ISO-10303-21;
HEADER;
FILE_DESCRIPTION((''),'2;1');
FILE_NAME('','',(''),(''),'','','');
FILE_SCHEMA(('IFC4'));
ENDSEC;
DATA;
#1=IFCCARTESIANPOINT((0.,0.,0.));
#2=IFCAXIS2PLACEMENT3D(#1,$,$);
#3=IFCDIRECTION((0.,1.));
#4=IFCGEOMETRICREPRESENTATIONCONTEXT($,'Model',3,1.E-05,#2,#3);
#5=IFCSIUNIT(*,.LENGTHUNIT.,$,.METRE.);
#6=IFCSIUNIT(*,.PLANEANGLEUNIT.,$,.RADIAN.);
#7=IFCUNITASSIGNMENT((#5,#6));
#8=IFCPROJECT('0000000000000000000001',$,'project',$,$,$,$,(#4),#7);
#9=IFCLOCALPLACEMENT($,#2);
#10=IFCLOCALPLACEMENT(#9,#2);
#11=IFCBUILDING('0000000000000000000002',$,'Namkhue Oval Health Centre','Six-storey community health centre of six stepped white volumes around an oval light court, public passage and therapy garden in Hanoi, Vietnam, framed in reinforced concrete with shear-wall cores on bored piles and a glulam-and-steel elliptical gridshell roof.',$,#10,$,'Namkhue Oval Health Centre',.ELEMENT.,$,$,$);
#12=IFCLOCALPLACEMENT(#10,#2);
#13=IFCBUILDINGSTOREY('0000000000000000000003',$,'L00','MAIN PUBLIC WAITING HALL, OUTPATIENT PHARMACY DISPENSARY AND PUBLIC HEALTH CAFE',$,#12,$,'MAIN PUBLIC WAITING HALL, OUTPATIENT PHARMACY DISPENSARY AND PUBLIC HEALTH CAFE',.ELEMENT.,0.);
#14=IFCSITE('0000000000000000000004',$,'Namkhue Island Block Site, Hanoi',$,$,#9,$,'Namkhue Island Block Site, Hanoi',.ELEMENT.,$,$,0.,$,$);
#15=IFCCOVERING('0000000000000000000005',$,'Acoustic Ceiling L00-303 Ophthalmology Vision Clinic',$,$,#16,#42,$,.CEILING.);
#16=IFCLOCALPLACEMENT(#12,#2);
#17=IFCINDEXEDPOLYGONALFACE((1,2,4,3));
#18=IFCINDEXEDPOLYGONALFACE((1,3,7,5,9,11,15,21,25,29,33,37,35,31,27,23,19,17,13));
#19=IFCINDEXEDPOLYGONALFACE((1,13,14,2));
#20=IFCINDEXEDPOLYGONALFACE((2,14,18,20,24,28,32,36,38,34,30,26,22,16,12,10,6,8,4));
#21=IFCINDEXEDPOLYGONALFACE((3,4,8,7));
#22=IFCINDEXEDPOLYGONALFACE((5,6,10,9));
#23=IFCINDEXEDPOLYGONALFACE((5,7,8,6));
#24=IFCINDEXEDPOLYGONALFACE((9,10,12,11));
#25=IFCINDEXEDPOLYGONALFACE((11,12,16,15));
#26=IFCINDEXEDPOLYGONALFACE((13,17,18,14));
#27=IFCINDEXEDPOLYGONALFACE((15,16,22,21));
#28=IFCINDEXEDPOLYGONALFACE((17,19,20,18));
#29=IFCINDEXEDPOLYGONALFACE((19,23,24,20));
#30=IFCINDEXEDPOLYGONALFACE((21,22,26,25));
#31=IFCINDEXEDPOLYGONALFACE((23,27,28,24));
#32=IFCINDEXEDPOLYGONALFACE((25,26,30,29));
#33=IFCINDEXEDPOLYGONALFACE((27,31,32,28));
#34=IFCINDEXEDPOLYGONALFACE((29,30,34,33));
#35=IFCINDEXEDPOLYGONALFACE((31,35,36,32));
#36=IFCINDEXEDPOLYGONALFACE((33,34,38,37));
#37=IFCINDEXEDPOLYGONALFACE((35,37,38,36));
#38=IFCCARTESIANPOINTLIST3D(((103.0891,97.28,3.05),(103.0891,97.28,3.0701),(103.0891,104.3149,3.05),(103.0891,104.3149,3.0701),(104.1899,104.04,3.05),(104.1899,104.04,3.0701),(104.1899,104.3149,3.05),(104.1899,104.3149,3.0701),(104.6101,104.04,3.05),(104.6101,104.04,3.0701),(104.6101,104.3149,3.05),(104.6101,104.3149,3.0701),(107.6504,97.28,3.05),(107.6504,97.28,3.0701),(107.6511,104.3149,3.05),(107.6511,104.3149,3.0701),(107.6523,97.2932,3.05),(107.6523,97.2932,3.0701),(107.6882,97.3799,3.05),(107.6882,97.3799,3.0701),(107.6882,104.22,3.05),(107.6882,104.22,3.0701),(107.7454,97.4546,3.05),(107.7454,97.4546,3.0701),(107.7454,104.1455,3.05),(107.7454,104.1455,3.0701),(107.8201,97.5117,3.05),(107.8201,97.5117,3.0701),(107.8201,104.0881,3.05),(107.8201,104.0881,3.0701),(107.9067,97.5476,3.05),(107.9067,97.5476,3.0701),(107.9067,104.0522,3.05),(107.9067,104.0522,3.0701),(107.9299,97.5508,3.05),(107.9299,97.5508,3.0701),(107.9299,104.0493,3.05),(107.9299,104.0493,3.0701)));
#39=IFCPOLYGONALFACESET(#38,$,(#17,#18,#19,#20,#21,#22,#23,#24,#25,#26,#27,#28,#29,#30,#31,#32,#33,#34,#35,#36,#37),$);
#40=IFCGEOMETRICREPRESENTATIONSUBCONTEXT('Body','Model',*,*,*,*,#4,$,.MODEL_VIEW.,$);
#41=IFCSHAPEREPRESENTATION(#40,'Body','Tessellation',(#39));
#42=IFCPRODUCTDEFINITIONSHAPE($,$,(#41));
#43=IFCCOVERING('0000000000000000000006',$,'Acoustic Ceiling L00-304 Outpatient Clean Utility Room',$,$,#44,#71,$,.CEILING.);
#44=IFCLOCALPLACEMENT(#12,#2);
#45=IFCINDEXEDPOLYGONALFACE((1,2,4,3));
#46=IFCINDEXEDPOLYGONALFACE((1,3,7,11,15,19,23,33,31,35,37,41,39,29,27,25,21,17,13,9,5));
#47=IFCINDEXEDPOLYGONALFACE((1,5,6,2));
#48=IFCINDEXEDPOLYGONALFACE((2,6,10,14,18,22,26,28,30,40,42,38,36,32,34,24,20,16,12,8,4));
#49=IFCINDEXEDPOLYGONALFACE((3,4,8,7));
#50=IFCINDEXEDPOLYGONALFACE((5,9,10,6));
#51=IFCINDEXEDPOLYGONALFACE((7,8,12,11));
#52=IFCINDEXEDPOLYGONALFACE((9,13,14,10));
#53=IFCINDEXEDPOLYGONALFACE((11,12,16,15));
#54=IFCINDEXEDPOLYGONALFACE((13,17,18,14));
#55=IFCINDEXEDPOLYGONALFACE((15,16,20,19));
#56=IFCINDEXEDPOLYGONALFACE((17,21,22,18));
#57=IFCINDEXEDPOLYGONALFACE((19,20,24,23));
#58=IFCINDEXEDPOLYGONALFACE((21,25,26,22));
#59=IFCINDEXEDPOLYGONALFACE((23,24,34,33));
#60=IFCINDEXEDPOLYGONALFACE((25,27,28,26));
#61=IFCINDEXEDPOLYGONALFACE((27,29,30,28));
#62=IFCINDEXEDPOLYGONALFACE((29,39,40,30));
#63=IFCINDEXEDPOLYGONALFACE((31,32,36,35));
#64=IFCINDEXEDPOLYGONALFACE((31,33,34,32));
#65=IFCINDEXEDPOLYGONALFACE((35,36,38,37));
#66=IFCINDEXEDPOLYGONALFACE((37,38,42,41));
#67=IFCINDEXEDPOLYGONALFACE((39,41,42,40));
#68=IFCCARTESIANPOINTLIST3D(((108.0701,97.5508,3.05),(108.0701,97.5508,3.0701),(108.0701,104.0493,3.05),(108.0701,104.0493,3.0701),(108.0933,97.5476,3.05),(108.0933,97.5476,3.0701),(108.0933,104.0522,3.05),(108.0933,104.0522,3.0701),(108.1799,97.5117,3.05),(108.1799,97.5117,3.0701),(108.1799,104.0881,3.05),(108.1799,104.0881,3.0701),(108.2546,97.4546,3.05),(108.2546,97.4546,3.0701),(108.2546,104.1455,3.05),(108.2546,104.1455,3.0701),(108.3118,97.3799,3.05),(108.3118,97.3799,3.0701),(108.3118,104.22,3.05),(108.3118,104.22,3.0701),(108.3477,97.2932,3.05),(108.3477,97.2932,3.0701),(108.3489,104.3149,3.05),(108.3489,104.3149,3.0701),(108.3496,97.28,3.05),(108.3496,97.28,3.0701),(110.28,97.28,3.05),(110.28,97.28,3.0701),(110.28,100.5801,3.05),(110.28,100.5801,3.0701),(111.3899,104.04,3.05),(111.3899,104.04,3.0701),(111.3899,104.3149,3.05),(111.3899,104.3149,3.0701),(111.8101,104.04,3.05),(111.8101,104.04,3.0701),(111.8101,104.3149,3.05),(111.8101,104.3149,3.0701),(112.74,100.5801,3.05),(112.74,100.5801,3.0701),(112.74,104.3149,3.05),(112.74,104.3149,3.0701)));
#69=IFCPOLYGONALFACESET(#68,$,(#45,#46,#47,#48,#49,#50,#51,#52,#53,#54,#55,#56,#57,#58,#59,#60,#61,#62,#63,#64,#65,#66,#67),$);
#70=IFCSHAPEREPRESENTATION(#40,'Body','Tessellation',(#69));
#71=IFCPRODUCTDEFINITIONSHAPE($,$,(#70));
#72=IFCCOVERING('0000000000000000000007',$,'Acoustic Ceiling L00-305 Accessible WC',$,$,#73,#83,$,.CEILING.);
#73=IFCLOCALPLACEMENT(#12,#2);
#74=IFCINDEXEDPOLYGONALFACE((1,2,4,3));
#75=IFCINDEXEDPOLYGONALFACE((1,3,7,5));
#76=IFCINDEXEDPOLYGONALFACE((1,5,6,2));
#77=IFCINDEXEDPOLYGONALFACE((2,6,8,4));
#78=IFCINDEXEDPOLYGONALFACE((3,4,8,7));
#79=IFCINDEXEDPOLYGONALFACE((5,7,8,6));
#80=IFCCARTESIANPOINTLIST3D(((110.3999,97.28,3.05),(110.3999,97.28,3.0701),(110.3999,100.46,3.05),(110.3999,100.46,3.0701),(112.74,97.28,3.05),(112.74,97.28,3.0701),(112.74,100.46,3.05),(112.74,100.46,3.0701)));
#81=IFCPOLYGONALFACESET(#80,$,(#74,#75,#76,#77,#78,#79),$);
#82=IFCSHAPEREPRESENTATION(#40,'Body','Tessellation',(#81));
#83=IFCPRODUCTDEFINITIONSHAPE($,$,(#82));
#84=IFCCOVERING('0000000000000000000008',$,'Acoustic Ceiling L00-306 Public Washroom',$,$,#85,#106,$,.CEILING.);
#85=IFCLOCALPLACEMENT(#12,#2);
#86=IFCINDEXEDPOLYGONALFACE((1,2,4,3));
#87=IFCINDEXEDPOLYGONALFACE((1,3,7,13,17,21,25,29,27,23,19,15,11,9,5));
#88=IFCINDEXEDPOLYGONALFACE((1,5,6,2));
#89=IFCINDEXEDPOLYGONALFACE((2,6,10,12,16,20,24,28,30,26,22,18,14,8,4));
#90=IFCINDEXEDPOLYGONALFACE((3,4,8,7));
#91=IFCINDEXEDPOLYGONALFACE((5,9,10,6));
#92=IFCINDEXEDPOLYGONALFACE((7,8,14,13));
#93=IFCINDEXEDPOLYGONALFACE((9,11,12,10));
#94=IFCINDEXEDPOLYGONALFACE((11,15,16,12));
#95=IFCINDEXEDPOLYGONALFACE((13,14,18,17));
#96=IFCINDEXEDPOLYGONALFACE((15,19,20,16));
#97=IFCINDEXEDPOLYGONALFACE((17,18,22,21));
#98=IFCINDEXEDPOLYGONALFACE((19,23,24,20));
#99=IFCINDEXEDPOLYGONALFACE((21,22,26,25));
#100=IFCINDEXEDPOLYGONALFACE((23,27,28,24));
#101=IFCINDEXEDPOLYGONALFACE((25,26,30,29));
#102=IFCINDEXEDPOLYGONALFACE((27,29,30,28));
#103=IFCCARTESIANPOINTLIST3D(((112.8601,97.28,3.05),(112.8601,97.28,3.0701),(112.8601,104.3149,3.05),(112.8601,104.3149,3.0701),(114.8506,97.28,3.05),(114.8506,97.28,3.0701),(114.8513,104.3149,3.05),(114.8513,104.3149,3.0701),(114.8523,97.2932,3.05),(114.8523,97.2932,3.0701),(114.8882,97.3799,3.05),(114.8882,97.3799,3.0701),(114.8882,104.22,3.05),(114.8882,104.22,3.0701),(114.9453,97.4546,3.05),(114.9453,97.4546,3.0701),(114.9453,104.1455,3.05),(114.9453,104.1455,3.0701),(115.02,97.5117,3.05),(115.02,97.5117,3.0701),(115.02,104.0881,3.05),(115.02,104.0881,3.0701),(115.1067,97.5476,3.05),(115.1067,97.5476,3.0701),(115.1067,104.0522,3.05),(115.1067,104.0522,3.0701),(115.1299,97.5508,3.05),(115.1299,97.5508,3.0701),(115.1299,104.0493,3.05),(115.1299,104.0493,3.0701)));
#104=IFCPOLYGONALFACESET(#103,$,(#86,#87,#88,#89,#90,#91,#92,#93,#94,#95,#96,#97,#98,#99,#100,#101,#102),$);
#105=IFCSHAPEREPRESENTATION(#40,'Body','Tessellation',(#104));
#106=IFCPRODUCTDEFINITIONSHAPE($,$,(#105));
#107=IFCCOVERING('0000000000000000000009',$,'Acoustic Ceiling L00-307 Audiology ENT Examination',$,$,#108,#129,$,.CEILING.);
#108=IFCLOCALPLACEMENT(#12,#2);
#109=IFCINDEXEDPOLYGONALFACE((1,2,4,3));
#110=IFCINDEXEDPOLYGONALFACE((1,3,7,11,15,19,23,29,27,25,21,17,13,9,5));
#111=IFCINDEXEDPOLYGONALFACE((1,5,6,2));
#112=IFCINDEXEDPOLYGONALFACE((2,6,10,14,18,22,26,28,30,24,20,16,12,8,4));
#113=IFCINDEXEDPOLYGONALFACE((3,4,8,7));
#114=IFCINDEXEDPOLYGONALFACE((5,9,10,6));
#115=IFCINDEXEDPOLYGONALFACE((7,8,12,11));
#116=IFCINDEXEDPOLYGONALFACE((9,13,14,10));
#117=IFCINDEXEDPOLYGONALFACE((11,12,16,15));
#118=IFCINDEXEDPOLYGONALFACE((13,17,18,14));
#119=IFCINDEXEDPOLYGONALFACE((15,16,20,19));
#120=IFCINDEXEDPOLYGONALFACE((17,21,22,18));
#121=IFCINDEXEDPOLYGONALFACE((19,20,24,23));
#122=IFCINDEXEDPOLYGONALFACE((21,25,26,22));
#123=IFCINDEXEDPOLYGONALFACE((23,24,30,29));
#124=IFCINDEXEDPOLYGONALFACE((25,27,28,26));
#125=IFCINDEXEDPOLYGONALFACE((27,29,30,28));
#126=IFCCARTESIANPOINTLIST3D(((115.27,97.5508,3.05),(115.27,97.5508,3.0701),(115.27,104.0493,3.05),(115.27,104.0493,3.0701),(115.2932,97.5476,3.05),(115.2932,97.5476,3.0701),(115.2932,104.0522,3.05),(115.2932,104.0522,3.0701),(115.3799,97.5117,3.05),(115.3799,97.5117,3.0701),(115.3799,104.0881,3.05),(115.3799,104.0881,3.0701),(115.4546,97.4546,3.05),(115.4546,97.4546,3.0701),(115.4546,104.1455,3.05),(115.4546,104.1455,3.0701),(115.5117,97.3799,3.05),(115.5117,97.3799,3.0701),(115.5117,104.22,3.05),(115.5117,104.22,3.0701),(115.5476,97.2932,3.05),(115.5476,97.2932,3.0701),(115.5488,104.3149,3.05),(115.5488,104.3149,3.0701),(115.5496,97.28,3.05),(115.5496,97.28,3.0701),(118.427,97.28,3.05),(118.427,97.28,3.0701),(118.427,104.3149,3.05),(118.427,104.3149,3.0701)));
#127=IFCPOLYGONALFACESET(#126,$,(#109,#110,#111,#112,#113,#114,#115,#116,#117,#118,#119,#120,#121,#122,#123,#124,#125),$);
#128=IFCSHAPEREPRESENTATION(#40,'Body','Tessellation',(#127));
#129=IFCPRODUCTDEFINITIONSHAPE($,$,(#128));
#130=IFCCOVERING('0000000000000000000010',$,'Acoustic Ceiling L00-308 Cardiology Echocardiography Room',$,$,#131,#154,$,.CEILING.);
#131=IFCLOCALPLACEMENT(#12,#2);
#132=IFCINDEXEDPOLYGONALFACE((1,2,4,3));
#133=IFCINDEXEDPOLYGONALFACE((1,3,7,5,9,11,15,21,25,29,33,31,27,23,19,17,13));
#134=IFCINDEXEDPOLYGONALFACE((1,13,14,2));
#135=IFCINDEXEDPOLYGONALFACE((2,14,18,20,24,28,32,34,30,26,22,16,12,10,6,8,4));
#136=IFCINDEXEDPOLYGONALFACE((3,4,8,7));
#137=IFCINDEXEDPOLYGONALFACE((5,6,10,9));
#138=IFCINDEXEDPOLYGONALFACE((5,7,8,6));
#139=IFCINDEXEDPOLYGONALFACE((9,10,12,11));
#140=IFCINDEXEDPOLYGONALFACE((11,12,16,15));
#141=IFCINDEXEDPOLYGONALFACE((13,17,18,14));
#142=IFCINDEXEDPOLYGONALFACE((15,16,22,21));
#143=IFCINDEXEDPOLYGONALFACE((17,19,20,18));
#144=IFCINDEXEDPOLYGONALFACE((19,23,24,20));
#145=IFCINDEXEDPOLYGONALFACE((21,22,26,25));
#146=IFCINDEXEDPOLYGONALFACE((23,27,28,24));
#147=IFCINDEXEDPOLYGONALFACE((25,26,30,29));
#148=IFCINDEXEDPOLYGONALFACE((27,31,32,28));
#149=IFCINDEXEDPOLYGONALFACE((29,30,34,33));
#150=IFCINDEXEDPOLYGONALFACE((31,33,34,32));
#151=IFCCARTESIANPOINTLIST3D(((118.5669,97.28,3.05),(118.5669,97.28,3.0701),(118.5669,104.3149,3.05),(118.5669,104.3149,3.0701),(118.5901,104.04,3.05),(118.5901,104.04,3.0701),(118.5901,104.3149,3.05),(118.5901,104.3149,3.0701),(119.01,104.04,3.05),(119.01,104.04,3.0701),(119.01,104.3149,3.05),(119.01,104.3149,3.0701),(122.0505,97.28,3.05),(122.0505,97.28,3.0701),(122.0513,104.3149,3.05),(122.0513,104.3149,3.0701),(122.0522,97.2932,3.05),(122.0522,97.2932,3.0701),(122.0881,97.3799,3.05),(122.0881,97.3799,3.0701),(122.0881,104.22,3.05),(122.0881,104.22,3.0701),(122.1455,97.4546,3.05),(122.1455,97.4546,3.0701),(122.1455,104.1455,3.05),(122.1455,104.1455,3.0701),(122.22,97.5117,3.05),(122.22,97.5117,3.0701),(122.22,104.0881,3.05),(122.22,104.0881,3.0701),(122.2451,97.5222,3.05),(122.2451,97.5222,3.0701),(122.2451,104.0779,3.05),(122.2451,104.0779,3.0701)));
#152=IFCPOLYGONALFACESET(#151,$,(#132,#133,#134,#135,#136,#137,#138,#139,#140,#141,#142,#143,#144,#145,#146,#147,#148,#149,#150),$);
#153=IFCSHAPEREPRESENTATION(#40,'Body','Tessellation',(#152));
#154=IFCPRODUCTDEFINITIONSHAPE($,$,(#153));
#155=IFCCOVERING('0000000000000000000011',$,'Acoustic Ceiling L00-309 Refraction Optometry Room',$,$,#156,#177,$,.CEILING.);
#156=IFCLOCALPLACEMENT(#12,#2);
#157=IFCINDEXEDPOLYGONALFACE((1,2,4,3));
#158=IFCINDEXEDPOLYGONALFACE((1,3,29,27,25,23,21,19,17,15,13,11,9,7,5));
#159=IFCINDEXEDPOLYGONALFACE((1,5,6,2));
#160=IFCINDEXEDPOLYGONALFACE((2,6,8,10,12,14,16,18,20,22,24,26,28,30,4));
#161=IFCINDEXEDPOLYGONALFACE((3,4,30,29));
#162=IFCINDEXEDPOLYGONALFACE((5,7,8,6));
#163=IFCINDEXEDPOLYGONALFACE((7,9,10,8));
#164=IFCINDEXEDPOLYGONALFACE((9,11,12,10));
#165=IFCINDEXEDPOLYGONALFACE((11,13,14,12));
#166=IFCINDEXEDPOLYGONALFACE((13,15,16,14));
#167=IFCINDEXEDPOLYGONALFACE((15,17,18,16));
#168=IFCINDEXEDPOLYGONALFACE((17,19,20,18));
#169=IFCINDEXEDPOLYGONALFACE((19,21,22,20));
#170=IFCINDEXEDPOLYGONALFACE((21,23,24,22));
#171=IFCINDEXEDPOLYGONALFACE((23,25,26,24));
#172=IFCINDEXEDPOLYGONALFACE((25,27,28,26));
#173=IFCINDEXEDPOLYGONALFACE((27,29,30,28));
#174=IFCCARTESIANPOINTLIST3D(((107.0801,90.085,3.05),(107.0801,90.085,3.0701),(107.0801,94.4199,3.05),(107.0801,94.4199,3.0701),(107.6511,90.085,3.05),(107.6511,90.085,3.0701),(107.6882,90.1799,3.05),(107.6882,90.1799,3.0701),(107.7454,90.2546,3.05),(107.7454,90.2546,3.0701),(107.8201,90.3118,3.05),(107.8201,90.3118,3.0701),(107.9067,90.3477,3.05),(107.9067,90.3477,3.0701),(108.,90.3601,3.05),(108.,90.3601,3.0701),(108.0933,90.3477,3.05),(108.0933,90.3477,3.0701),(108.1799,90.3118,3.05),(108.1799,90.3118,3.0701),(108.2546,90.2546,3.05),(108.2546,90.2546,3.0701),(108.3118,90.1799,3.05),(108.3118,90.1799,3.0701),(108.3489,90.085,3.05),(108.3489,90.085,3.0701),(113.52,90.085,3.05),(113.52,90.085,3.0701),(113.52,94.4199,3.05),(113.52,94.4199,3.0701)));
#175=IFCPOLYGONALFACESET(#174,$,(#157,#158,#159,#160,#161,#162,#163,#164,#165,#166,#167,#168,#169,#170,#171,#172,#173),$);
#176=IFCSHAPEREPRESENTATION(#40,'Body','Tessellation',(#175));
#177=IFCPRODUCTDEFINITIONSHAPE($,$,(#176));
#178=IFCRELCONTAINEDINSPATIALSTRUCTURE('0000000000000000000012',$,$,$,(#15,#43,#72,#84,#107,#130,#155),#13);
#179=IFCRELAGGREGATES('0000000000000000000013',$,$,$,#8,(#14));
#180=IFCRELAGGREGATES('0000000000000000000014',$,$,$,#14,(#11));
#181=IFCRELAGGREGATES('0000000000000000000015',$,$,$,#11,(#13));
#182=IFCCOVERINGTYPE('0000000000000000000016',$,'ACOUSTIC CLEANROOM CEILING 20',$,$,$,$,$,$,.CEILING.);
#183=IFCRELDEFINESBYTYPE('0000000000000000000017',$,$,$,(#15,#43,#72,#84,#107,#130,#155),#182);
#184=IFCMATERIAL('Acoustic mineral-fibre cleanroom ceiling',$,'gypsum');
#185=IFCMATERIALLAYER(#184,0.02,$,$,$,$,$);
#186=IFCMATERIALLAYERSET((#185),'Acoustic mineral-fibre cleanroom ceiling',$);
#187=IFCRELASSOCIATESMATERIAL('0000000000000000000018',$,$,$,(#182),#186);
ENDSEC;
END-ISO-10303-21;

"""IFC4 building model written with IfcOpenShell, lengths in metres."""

from ifc_helpers import new_model, si_unit, direction, frame, origin, place, context, subcontext, project, spatial, polyline, outline, extrude, material, layer, layer_set, type_object, element, save


model = new_model("IFC4")

# Units and contexts
model_context = context("Model", 3, precision=1e-05, world=origin(), true_north=direction((0.0, 1.0)))
body_context = subcontext(model_context, "Body", "Model", "MODEL_VIEW")
ifc_project = project(units=[si_unit("LENGTHUNIT", "METRE"), si_unit("PLANEANGLEUNIT", "RADIAN")], contexts=[model_context])

# Site, building, storey
site_placement = place(None, origin())
site = spatial("IfcSite", under=ifc_project, at=site_placement, Name="Namkhue Island Block Site, Hanoi", LongName="Namkhue Island Block Site, Hanoi", CompositionType="ELEMENT", RefElevation=0.0)
building_placement = place(site_placement, origin())
building = spatial("IfcBuilding", under=site, at=building_placement, Name="Namkhue Oval Health Centre", Description="Six-storey community health centre of six stepped white volumes around an oval light court, public passage and therapy garden in Hanoi, Vietnam, framed in reinforced concrete with shear-wall cores on bored piles and a glulam-and-steel elliptical gridshell roof.", LongName="Namkhue Oval Health Centre", CompositionType="ELEMENT")
storey_placement = place(building_placement, origin())
storey = spatial("IfcBuildingStorey", under=building, at=storey_placement, Name="L00", Description="MAIN PUBLIC WAITING HALL, OUTPATIENT PHARMACY DISPENSARY AND PUBLIC HEALTH CAFE", LongName="MAIN PUBLIC WAITING HALL, OUTPATIENT PHARMACY DISPENSARY AND PUBLIC HEALTH CAFE", CompositionType="ELEMENT", Elevation=0.0)

# Coverings
ifc_material = material(Name="Acoustic mineral-fibre cleanroom ceiling", Category="gypsum")
ifc_layer = layer(ifc_material, 0.02)
ifc_layer_set = layer_set([ifc_layer], Name="Acoustic mineral-fibre cleanroom ceiling")
covering_type = type_object("IfcCoveringType", Name="ACOUSTIC CLEANROOM CEILING 20", PredefinedType="CEILING", material=ifc_layer_set)
covering_1_placement = place(storey_placement, frame((0.0, 0.0, 3.05)))
element("IfcCovering", 1, at=covering_1_placement, inside=storey, type_object=covering_type, Name="Acoustic Ceiling L00-303 Ophthalmology Vision Clinic", PredefinedType="CEILING", context=body_context, shape_type="SweptSolid", body=[
    extrude(outline(polyline([(103.0891, 97.28), (103.0891, 104.3149), (104.1899, 104.3149), (104.1899, 104.04), (104.6101, 104.04), (104.6101, 104.3149), (107.6511, 104.3149), (107.6882, 104.22), (107.7454, 104.1455), (107.8201, 104.0881), (107.9067, 104.0522), (107.9299, 104.0493), (107.9299, 97.5508), (107.9067, 97.5476), (107.8201, 97.5117), (107.7454, 97.4546), (107.6882, 97.3799), (107.6523, 97.2932), (107.6504, 97.28), (103.0891, 97.28)])), origin(), (0.0, 0.0, 1.0), 0.02),
])
covering_2_placement = place(storey_placement, frame((0.0, 0.0, 3.05)))
element("IfcCovering", 2, at=covering_2_placement, inside=storey, type_object=covering_type, Name="Acoustic Ceiling L00-304 Outpatient Clean Utility Room", PredefinedType="CEILING", context=body_context, shape_type="SweptSolid", body=[
    extrude(outline(polyline([(111.3899, 104.3149), (111.3899, 104.04), (111.8101, 104.04), (111.8101, 104.3149), (112.74, 104.3149), (112.74, 100.5801), (110.28, 100.5801), (110.28, 97.28), (108.3496, 97.28), (108.3477, 97.2932), (108.3118, 97.3799), (108.2546, 97.4546), (108.1799, 97.5117), (108.0933, 97.5476), (108.0701, 97.5508), (108.0701, 104.0493), (108.0933, 104.0522), (108.1799, 104.0881), (108.2546, 104.1455), (108.3118, 104.22), (108.3489, 104.3149), (111.3899, 104.3149)])), origin(), (0.0, 0.0, 1.0), 0.02),
])
covering_3_placement = place(storey_placement, frame((0.0, 0.0, 3.05)))
element("IfcCovering", 3, at=covering_3_placement, inside=storey, type_object=covering_type, Name="Acoustic Ceiling L00-305 Accessible WC", PredefinedType="CEILING", context=body_context, shape_type="SweptSolid", body=[
    extrude(outline(polyline([(112.74, 100.46), (112.74, 97.28), (110.3999, 97.28), (110.3999, 100.46), (112.74, 100.46)])), origin(), (0.0, 0.0, 1.0), 0.02),
])
covering_4_placement = place(storey_placement, frame((0.0, 0.0, 3.05)))
element("IfcCovering", 4, at=covering_4_placement, inside=storey, type_object=covering_type, Name="Acoustic Ceiling L00-306 Public Washroom", PredefinedType="CEILING", context=body_context, shape_type="SweptSolid", body=[
    extrude(outline(polyline([(112.8601, 97.28), (112.8601, 104.3149), (114.8513, 104.3149), (114.8882, 104.22), (114.9453, 104.1455), (115.02, 104.0881), (115.1067, 104.0522), (115.1299, 104.0493), (115.1299, 97.5508), (115.1067, 97.5476), (115.02, 97.5117), (114.9453, 97.4546), (114.8882, 97.3799), (114.8523, 97.2932), (114.8506, 97.28), (112.8601, 97.28)])), origin(), (0.0, 0.0, 1.0), 0.02),
])
covering_5_placement = place(storey_placement, frame((0.0, 0.0, 3.05)))
element("IfcCovering", 5, at=covering_5_placement, inside=storey, type_object=covering_type, Name="Acoustic Ceiling L00-307 Audiology ENT Examination", PredefinedType="CEILING", context=body_context, shape_type="SweptSolid", body=[
    extrude(outline(polyline([(115.5496, 97.28), (115.5476, 97.2932), (115.5117, 97.3799), (115.4546, 97.4546), (115.3799, 97.5117), (115.2932, 97.5476), (115.27, 97.5508), (115.27, 104.0493), (115.2932, 104.0522), (115.3799, 104.0881), (115.4546, 104.1455), (115.5117, 104.22), (115.5488, 104.3149), (118.427, 104.3149), (118.427, 97.28), (115.5496, 97.28)])), origin(), (0.0, 0.0, 1.0), 0.02),
])
covering_6_placement = place(storey_placement, frame((0.0, 0.0, 3.05)))
element("IfcCovering", 6, at=covering_6_placement, inside=storey, type_object=covering_type, Name="Acoustic Ceiling L00-308 Cardiology Echocardiography Room", PredefinedType="CEILING", context=body_context, shape_type="SweptSolid", body=[
    extrude(outline(polyline([(118.5669, 97.28), (118.5669, 104.3149), (118.5901, 104.3149), (118.5901, 104.04), (119.01, 104.04), (119.01, 104.3149), (122.0513, 104.3149), (122.0881, 104.22), (122.1455, 104.1455), (122.22, 104.0881), (122.2451, 104.0779), (122.2451, 97.5222), (122.22, 97.5117), (122.1455, 97.4546), (122.0881, 97.3799), (122.0522, 97.2932), (122.0505, 97.28), (118.5669, 97.28)])), origin(), (0.0, 0.0, 1.0), 0.02),
])
covering_7_placement = place(storey_placement, frame((0.0, 0.0, 3.05)))
element("IfcCovering", 7, at=covering_7_placement, inside=storey, type_object=covering_type, Name="Acoustic Ceiling L00-309 Refraction Optometry Room", PredefinedType="CEILING", context=body_context, shape_type="SweptSolid", body=[
    extrude(outline(polyline([(108.3489, 90.085), (108.3118, 90.1799), (108.2546, 90.2546), (108.1799, 90.3118), (108.0933, 90.3477), (108.0, 90.3601), (107.9067, 90.3477), (107.8201, 90.3118), (107.7454, 90.2546), (107.6882, 90.1799), (107.6511, 90.085), (107.0801, 90.085), (107.0801, 94.4199), (113.52, 94.4199), (113.52, 90.085), (108.3489, 90.085)])), origin(), (0.0, 0.0, 1.0), 0.02),
])

save(model, "model.ifc")
